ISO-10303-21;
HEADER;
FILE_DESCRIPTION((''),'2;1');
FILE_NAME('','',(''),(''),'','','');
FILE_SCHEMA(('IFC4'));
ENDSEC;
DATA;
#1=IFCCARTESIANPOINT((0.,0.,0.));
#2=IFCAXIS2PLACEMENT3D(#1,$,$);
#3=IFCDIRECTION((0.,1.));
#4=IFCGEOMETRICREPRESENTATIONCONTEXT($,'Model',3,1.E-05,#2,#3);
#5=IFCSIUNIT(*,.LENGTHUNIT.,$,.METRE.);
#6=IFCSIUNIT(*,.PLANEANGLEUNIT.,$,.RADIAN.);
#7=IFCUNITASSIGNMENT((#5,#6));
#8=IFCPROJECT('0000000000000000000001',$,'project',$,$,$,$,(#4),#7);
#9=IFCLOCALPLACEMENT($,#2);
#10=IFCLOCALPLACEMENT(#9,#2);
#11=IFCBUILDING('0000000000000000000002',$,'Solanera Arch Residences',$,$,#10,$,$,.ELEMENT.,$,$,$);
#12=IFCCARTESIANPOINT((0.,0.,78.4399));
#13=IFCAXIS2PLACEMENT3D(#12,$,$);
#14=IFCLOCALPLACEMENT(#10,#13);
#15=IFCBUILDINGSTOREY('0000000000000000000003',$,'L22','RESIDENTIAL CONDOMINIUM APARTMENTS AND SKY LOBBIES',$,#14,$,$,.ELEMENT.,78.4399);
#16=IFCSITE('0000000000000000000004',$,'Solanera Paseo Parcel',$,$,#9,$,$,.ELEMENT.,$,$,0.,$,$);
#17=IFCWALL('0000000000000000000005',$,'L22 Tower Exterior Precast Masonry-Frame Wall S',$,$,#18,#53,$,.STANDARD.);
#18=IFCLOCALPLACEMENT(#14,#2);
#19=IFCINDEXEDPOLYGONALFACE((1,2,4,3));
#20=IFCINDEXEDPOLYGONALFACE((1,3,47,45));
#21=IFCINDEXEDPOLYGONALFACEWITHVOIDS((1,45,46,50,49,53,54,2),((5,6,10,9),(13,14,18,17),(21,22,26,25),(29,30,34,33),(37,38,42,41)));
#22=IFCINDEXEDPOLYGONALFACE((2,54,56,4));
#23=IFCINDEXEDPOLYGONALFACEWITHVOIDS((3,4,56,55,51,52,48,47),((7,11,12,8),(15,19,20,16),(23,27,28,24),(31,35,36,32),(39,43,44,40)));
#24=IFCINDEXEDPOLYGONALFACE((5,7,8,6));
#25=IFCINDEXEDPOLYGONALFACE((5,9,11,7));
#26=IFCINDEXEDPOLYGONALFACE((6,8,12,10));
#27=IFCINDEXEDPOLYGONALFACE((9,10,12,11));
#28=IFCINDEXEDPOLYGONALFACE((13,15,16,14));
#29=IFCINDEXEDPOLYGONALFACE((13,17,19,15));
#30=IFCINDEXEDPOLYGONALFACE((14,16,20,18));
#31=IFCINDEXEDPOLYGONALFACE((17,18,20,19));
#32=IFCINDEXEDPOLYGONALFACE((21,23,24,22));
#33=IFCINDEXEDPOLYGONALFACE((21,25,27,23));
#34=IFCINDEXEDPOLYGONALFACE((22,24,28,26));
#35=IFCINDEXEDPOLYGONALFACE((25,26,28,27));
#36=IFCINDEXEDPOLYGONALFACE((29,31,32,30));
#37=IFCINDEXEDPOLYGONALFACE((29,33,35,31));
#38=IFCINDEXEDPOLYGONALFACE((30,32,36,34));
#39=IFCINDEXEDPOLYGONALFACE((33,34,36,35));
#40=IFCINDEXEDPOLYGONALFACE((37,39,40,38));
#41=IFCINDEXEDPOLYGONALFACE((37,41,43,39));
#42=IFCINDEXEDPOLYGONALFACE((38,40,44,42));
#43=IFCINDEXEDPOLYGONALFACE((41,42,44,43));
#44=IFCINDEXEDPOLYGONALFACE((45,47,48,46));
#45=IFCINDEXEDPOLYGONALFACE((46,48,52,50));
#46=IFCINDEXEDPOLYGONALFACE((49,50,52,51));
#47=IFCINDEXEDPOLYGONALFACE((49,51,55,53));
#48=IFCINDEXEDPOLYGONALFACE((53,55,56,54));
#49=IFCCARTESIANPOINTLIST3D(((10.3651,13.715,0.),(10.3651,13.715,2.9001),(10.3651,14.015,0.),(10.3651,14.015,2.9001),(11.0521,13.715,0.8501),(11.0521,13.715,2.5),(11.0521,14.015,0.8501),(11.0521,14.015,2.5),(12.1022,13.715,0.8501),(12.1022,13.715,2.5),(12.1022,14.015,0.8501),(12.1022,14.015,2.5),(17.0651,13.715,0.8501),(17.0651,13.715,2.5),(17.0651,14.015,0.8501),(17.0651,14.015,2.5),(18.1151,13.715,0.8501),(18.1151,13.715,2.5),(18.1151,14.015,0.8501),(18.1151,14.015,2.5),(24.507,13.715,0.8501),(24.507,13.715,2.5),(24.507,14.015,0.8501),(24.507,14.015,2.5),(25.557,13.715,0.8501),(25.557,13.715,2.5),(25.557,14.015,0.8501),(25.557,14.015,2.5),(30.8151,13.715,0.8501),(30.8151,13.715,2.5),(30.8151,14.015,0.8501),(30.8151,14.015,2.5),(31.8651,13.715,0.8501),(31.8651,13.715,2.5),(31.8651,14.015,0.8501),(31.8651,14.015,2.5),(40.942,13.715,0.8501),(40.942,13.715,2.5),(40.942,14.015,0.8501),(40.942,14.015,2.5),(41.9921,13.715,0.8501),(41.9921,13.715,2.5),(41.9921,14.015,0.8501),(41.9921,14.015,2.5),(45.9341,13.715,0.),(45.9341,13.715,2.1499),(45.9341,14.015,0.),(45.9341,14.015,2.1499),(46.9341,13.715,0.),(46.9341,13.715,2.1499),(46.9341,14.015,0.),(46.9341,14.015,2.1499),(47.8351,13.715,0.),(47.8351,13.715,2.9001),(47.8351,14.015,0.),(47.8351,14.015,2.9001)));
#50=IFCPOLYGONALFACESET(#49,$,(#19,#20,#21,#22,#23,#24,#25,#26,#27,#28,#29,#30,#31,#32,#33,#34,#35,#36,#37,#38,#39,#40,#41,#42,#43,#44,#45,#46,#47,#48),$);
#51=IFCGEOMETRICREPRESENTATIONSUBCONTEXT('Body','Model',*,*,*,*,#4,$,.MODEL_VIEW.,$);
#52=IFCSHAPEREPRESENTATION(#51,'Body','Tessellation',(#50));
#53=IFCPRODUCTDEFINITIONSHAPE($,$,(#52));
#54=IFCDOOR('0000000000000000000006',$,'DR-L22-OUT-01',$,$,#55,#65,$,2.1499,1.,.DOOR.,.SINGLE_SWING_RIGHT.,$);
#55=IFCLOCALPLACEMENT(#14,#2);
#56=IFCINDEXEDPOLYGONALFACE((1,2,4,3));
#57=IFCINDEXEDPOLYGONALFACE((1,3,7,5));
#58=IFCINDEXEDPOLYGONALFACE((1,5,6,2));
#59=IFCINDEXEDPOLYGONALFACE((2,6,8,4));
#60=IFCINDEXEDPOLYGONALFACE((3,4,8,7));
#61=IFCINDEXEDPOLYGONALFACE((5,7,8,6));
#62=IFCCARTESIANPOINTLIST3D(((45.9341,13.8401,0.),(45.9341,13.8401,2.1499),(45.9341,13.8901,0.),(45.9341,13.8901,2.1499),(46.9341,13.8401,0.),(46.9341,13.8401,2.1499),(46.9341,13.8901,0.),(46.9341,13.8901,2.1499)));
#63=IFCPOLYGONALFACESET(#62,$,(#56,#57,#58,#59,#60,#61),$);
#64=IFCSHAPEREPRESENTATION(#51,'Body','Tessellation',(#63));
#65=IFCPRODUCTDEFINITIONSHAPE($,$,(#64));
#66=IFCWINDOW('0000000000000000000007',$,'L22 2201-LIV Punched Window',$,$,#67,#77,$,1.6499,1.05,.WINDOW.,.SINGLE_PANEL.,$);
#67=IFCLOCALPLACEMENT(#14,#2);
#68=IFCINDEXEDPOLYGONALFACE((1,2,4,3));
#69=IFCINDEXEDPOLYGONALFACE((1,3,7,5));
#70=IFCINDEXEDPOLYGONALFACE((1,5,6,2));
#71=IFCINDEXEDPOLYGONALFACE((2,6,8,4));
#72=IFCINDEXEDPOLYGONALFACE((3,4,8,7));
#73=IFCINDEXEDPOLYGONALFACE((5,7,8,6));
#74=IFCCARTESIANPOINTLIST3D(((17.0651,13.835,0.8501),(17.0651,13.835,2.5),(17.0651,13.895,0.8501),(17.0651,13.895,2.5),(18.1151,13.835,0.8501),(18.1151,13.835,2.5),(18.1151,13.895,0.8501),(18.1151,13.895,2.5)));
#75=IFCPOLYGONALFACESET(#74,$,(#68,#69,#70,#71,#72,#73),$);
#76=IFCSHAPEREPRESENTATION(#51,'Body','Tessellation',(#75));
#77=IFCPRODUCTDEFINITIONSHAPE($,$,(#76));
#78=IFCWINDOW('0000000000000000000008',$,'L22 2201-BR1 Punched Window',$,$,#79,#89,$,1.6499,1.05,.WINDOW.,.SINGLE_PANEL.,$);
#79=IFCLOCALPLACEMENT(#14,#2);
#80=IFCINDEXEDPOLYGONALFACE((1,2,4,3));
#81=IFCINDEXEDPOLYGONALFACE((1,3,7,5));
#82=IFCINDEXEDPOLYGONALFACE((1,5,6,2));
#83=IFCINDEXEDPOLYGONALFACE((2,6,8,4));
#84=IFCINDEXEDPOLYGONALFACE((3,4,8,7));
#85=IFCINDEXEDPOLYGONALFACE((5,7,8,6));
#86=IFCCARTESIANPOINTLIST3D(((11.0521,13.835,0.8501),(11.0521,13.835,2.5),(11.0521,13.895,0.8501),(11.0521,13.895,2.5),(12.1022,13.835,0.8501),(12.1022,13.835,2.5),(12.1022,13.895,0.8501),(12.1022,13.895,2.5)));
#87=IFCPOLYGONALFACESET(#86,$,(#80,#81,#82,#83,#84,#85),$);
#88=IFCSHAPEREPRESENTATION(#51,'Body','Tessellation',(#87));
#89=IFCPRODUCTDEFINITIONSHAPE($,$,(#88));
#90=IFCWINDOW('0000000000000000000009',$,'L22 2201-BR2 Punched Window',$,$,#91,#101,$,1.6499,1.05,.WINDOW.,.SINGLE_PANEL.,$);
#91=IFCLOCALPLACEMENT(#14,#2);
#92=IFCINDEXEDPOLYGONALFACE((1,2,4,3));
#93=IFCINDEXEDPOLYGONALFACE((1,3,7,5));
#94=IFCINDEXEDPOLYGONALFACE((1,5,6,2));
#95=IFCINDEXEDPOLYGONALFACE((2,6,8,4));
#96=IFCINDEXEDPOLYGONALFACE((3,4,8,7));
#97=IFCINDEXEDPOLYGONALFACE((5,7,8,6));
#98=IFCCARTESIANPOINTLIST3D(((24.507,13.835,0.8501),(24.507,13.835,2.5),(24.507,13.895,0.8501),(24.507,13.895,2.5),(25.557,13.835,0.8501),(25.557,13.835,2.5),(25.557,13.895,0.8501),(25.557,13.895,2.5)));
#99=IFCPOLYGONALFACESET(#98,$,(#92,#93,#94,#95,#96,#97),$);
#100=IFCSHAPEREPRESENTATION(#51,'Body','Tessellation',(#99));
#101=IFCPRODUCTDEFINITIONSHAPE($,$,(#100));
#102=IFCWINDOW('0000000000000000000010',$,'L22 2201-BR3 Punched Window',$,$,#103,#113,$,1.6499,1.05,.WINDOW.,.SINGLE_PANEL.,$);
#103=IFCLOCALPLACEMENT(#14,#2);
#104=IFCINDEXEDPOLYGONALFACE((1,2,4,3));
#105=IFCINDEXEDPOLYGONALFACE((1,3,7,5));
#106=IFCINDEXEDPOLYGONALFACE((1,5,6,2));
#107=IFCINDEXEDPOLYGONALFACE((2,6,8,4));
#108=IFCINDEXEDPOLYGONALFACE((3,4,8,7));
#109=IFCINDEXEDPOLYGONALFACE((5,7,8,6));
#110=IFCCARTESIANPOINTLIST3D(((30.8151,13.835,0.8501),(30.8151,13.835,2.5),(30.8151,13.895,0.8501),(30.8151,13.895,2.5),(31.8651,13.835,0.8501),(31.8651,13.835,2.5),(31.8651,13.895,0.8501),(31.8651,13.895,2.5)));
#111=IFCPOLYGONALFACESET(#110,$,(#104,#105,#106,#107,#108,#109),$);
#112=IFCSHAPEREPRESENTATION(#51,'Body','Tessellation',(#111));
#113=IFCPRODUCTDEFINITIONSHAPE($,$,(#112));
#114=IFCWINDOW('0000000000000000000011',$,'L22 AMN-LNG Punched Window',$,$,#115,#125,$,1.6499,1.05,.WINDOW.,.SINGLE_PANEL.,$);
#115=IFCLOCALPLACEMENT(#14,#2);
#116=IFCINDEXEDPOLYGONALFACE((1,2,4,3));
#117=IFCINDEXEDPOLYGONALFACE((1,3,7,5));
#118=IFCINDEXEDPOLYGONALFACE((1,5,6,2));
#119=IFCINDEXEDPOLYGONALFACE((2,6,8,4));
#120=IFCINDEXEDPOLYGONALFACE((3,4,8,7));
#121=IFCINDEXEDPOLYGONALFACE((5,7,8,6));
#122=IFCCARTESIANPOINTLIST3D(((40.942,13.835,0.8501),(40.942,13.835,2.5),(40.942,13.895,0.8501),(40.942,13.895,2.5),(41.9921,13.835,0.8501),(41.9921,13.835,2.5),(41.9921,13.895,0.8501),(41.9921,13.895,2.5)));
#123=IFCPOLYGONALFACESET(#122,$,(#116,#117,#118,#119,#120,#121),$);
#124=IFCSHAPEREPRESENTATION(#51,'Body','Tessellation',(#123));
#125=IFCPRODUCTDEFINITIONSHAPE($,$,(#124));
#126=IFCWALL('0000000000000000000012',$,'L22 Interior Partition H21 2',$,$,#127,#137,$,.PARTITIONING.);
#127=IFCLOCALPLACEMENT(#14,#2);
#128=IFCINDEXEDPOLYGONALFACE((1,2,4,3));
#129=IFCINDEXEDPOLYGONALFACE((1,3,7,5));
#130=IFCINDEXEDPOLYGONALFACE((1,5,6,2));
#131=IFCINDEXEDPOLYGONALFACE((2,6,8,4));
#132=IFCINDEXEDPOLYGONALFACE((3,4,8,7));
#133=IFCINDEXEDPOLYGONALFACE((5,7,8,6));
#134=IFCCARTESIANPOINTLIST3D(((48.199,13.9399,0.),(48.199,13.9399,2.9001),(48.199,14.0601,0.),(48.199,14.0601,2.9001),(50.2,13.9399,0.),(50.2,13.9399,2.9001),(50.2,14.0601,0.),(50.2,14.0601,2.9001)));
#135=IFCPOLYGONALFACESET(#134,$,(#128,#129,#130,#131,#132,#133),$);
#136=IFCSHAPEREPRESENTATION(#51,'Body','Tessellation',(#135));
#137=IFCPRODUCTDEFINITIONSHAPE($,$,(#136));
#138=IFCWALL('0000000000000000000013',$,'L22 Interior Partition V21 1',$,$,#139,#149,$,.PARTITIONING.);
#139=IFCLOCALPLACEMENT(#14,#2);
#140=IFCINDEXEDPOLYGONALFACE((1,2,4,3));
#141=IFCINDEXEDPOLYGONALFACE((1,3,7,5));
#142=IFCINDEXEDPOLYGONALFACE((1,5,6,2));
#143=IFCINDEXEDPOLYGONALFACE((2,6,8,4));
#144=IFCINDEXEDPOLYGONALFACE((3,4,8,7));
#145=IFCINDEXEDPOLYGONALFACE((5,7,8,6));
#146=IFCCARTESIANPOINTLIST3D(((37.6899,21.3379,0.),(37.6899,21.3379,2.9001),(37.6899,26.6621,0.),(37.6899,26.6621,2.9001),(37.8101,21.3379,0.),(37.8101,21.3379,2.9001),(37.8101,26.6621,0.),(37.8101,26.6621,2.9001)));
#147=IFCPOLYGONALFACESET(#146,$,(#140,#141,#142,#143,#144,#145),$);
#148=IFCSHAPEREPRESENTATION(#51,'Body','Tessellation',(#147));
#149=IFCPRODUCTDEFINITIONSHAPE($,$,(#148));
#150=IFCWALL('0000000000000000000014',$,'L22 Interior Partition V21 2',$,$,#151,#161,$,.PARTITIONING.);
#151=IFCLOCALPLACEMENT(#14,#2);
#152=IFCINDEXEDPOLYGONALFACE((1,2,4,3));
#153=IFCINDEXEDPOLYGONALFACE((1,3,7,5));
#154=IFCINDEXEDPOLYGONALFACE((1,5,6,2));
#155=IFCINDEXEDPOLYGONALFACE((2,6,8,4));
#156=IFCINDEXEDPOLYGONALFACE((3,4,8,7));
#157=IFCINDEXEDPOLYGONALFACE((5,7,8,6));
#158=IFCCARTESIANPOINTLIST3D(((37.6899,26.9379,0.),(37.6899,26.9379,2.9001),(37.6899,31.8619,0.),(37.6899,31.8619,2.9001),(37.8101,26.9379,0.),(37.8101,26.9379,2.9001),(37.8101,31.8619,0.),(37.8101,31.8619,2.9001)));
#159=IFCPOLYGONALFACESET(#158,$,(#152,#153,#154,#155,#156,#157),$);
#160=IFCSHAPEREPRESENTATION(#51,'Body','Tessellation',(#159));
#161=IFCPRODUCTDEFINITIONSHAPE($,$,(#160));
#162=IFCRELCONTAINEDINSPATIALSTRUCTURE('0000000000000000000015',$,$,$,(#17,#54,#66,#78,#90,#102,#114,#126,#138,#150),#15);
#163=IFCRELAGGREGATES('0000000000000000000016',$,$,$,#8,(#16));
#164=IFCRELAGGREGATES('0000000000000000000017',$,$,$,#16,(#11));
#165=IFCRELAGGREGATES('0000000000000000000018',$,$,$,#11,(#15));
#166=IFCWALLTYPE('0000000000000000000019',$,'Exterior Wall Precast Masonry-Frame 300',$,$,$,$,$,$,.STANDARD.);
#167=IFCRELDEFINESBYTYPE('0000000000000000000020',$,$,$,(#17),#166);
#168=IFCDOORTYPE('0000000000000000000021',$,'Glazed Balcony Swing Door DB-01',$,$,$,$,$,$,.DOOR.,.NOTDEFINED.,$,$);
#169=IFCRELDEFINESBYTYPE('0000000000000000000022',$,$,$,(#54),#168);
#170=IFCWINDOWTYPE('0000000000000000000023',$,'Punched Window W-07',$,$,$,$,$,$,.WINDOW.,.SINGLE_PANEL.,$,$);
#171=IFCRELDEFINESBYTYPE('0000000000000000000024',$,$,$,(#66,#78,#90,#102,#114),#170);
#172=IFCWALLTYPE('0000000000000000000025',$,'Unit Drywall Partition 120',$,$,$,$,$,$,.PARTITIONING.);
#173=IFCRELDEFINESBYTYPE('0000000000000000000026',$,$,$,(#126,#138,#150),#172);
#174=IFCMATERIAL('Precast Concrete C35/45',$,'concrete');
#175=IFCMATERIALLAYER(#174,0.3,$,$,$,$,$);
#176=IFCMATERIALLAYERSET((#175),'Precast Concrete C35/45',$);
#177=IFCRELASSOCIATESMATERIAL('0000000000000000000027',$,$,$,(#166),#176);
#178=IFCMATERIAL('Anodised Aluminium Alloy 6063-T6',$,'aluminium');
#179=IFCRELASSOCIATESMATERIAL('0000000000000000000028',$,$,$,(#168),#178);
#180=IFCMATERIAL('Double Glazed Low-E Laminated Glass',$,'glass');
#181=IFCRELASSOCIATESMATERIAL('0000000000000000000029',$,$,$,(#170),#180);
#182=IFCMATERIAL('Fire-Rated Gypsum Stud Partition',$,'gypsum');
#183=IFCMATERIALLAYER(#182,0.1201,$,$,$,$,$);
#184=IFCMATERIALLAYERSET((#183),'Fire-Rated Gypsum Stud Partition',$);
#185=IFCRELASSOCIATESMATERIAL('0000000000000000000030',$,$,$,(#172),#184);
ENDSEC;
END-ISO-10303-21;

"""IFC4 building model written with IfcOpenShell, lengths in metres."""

from ifc_helpers import new_model, si_unit, direction, frame, frame_2d, origin, place, context, subcontext, project, spatial, rectangle, extrude, material, layer, layer_set, type_object, element, fill, save


model = new_model("IFC4")

# Units and contexts
model_context = context("Model", 3, precision=1e-05, world=origin(), true_north=direction((0.0, 1.0)))
body_context = subcontext(model_context, "Body", "Model", "MODEL_VIEW")
ifc_project = project(units=[si_unit("LENGTHUNIT", "METRE"), si_unit("PLANEANGLEUNIT", "RADIAN")], contexts=[model_context])

# Site, building, storey
site_placement = place(None, origin())
site = spatial("IfcSite", under=ifc_project, at=site_placement, Name="Solanera Paseo Parcel", CompositionType="ELEMENT", RefElevation=0.0)
building_placement = place(site_placement, origin())
building = spatial("IfcBuilding", under=site, at=building_placement, Name="Solanera Arch Residences", CompositionType="ELEMENT")
storey_placement = place(building_placement, frame((0.0, 0.0, 78.4399)))
storey = spatial("IfcBuildingStorey", under=building, at=storey_placement, Name="L22", Description="RESIDENTIAL CONDOMINIUM APARTMENTS AND SKY LOBBIES", CompositionType="ELEMENT", Elevation=78.4399)

# Shared definitions
ifc_material_1 = material(Name="Precast Concrete C35/45", Category="concrete")
ifc_layer_1 = layer(ifc_material_1, 0.3)
ifc_layer_set_1 = layer_set([ifc_layer_1], Name="Precast Concrete C35/45")
wall_type_1 = type_object("IfcWallType", Name="Exterior Wall Precast Masonry-Frame 300", PredefinedType="STANDARD", material=ifc_layer_set_1)

# Wall, openings, door, windows
wall_1_placement = place(storey_placement, frame((47.835, 13.865, 0.0), z_axis=(0.0, 0.0, 1.0), x_axis=(-1.0, 0.0, 0.0)))
wall_1 = element("IfcWall", 1, at=wall_1_placement, inside=storey, type_object=wall_type_1, Name="L22 Tower Exterior Precast Masonry-Frame Wall S", PredefinedType="STANDARD", context=body_context, shape_type="SweptSolid", body=[
    extrude(rectangle(XDim=37.47, YDim=0.3, at=frame_2d((18.7349, 0.0))), origin(), (0.0, 0.0, 1.0), 2.9001),
])
opening_1_placement = place(wall_1_placement, frame((0.9009, 0.0, 0.0)))
opening_1 = element("IfcOpeningElement", 2, at=opening_1_placement, cuts=wall_1, PredefinedType="OPENING", context=body_context, shape_type="SweptSolid", body=[
    extrude(rectangle(XDim=1.0, YDim=2.1499, at=frame_2d((0.5, 1.075))), frame((0.0, 0.1599, 0.0), z_axis=(0.0, -1.0, 0.0), x_axis=(1.0, 0.0, 0.0)), (0.0, 0.0, 1.0), 0.32),
])
opening_2_placement = place(wall_1_placement, frame((29.72, 0.0, 0.8501)))
opening_2 = element("IfcOpeningElement", 3, at=opening_2_placement, cuts=wall_1, PredefinedType="OPENING", context=body_context, shape_type="SweptSolid", body=[
    extrude(rectangle(XDim=1.05, YDim=1.6499, at=frame_2d((0.5249, 0.825))), frame((0.0, 0.1599, 0.0), z_axis=(0.0, -1.0, 0.0), x_axis=(1.0, 0.0, 0.0)), (0.0, 0.0, 1.0), 0.32),
])
opening_3_placement = place(wall_1_placement, frame((35.7329, 0.0, 0.8501)))
opening_3 = element("IfcOpeningElement", 4, at=opening_3_placement, cuts=wall_1, PredefinedType="OPENING", context=body_context, shape_type="SweptSolid", body=[
    extrude(rectangle(XDim=1.05, YDim=1.6499, at=frame_2d((0.5249, 0.825))), frame((0.0, 0.1599, 0.0), z_axis=(0.0, -1.0, 0.0), x_axis=(1.0, 0.0, 0.0)), (0.0, 0.0, 1.0), 0.32),
])
opening_4_placement = place(wall_1_placement, frame((22.2781, 0.0, 0.8501)))
opening_4 = element("IfcOpeningElement", 5, at=opening_4_placement, cuts=wall_1, PredefinedType="OPENING", context=body_context, shape_type="SweptSolid", body=[
    extrude(rectangle(XDim=1.05, YDim=1.6499, at=frame_2d((0.5249, 0.825))), frame((0.0, 0.1599, 0.0), z_axis=(0.0, -1.0, 0.0), x_axis=(1.0, 0.0, 0.0)), (0.0, 0.0, 1.0), 0.32),
])
opening_5_placement = place(wall_1_placement, frame((15.97, 0.0, 0.8501)))
opening_5 = element("IfcOpeningElement", 6, at=opening_5_placement, cuts=wall_1, PredefinedType="OPENING", context=body_context, shape_type="SweptSolid", body=[
    extrude(rectangle(XDim=1.05, YDim=1.6499, at=frame_2d((0.5249, 0.825))), frame((0.0, 0.1599, 0.0), z_axis=(0.0, -1.0, 0.0), x_axis=(1.0, 0.0, 0.0)), (0.0, 0.0, 1.0), 0.32),
])
opening_6_placement = place(wall_1_placement, frame((5.843, 0.0, 0.8501)))
opening_6 = element("IfcOpeningElement", 7, at=opening_6_placement, cuts=wall_1, PredefinedType="OPENING", context=body_context, shape_type="SweptSolid", body=[
    extrude(rectangle(XDim=1.05, YDim=1.6499, at=frame_2d((0.5249, 0.825))), frame((0.0, 0.1599, 0.0), z_axis=(0.0, -1.0, 0.0), x_axis=(1.0, 0.0, 0.0)), (0.0, 0.0, 1.0), 0.32),
])
ifc_material_2 = material(Name="Anodised Aluminium Alloy 6063-T6", Category="aluminium")
door_type_1 = type_object("IfcDoorType", Name="Glazed Balcony Swing Door DB-01", OperationType="NOTDEFINED", PredefinedType="DOOR", material=ifc_material_2)
door_1_placement = place(opening_1_placement, origin())
door_1 = element("IfcDoor", 8, at=door_1_placement, inside=storey, type_object=door_type_1, Name="DR-L22-OUT-01", OperationType="SINGLE_SWING_RIGHT", OverallHeight=2.1499, OverallWidth=1.0, PredefinedType="DOOR", context=body_context, shape_type="SweptSolid", body=[
    extrude(rectangle(XDim=1.0, YDim=2.1499, at=frame_2d((0.5, 1.075))), frame((0.0, 0.0249, 0.0), z_axis=(0.0, -1.0, 0.0), x_axis=(1.0, 0.0, 0.0)), (0.0, 0.0, 1.0), 0.05),
])
fill(opening_1, door_1)
ifc_material_3 = material(Name="Double Glazed Low-E Laminated Glass", Category="glass")
window_type = type_object("IfcWindowType", Name="Punched Window W-07", PartitioningType="SINGLE_PANEL", PredefinedType="WINDOW", material=ifc_material_3)
window_1_placement = place(opening_2_placement, origin())
window_1 = element("IfcWindow", 9, at=window_1_placement, inside=storey, type_object=window_type, Name="L22 2201-LIV Punched Window", OverallHeight=1.6499, OverallWidth=1.05, PartitioningType="SINGLE_PANEL", PredefinedType="WINDOW", context=body_context, shape_type="SweptSolid", body=[
    extrude(rectangle(XDim=1.05, YDim=1.6499, at=frame_2d((0.5249, 0.825))), frame((0.0, 0.03, 0.0), z_axis=(0.0, -1.0, 0.0), x_axis=(1.0, 0.0, 0.0)), (0.0, 0.0, 1.0), 0.0601),
])
fill(opening_2, window_1)
window_2_placement = place(opening_3_placement, origin())
window_2 = element("IfcWindow", 10, at=window_2_placement, inside=storey, type_object=window_type, Name="L22 2201-BR1 Punched Window", OverallHeight=1.6499, OverallWidth=1.05, PartitioningType="SINGLE_PANEL", PredefinedType="WINDOW", context=body_context, shape_type="SweptSolid", body=[
    extrude(rectangle(XDim=1.05, YDim=1.6499, at=frame_2d((0.5249, 0.825))), frame((0.0, 0.03, 0.0), z_axis=(0.0, -1.0, 0.0), x_axis=(1.0, 0.0, 0.0)), (0.0, 0.0, 1.0), 0.0601),
])
fill(opening_3, window_2)
window_3_placement = place(opening_4_placement, origin())
window_3 = element("IfcWindow", 11, at=window_3_placement, inside=storey, type_object=window_type, Name="L22 2201-BR2 Punched Window", OverallHeight=1.6499, OverallWidth=1.05, PartitioningType="SINGLE_PANEL", PredefinedType="WINDOW", context=body_context, shape_type="SweptSolid", body=[
    extrude(rectangle(XDim=1.05, YDim=1.6499, at=frame_2d((0.5249, 0.825))), frame((0.0, 0.03, 0.0), z_axis=(0.0, -1.0, 0.0), x_axis=(1.0, 0.0, 0.0)), (0.0, 0.0, 1.0), 0.0601),
])
fill(opening_4, window_3)
window_4_placement = place(opening_5_placement, origin())
window_4 = element("IfcWindow", 12, at=window_4_placement, inside=storey, type_object=window_type, Name="L22 2201-BR3 Punched Window", OverallHeight=1.6499, OverallWidth=1.05, PartitioningType="SINGLE_PANEL", PredefinedType="WINDOW", context=body_context, shape_type="SweptSolid", body=[
    extrude(rectangle(XDim=1.05, YDim=1.6499, at=frame_2d((0.5249, 0.825))), frame((0.0, 0.03, 0.0), z_axis=(0.0, -1.0, 0.0), x_axis=(1.0, 0.0, 0.0)), (0.0, 0.0, 1.0), 0.0601),
])
fill(opening_5, window_4)
window_5_placement = place(opening_6_placement, origin())
window_5 = element("IfcWindow", 13, at=window_5_placement, inside=storey, type_object=window_type, Name="L22 AMN-LNG Punched Window", OverallHeight=1.6499, OverallWidth=1.05, PartitioningType="SINGLE_PANEL", PredefinedType="WINDOW", context=body_context, shape_type="SweptSolid", body=[
    extrude(rectangle(XDim=1.05, YDim=1.6499, at=frame_2d((0.5249, 0.825))), frame((0.0, 0.03, 0.0), z_axis=(0.0, -1.0, 0.0), x_axis=(1.0, 0.0, 0.0)), (0.0, 0.0, 1.0), 0.0601),
])
fill(opening_6, window_5)

# Walls
ifc_material_4 = material(Name="Fire-Rated Gypsum Stud Partition", Category="gypsum")
ifc_layer_2 = layer(ifc_material_4, 0.1201)
ifc_layer_set_2 = layer_set([ifc_layer_2], Name="Fire-Rated Gypsum Stud Partition")
wall_type_2 = type_object("IfcWallType", Name="Unit Drywall Partition 120", PredefinedType="PARTITIONING", material=ifc_layer_set_2)
wall_2_placement = place(storey_placement, frame((48.199, 14.0, 0.0), z_axis=(0.0, 0.0, 1.0), x_axis=(1.0, 0.0, 0.0)))
element("IfcWall", 14, at=wall_2_placement, inside=storey, type_object=wall_type_2, Name="L22 Interior Partition H21 2", PredefinedType="PARTITIONING", context=body_context, shape_type="SweptSolid", body=[
    extrude(rectangle(XDim=2.001, YDim=0.1201, at=frame_2d((1.0005, 0.0))), origin(), (0.0, 0.0, 1.0), 2.9001),
])
wall_3_placement = place(storey_placement, frame((37.75, 21.3379, 0.0), z_axis=(0.0, 0.0, 1.0), x_axis=(0.0, 1.0, 0.0)))
element("IfcWall", 15, at=wall_3_placement, inside=storey, type_object=wall_type_2, Name="L22 Interior Partition V21 1", PredefinedType="PARTITIONING", context=body_context, shape_type="SweptSolid", body=[
    extrude(rectangle(XDim=5.3242, YDim=0.1201, at=frame_2d((2.6621, 0.0))), origin(), (0.0, 0.0, 1.0), 2.9001),
])
wall_4_placement = place(storey_placement, frame((37.75, 26.938, 0.0), z_axis=(0.0, 0.0, 1.0), x_axis=(0.0, 1.0, 0.0)))
element("IfcWall", 16, at=wall_4_placement, inside=storey, type_object=wall_type_2, Name="L22 Interior Partition V21 2", PredefinedType="PARTITIONING", context=body_context, shape_type="SweptSolid", body=[
    extrude(rectangle(XDim=4.9241, YDim=0.1201, at=frame_2d((2.4619, 0.0))), origin(), (0.0, 0.0, 1.0), 2.9001),
])

save(model, "model.ifc")
